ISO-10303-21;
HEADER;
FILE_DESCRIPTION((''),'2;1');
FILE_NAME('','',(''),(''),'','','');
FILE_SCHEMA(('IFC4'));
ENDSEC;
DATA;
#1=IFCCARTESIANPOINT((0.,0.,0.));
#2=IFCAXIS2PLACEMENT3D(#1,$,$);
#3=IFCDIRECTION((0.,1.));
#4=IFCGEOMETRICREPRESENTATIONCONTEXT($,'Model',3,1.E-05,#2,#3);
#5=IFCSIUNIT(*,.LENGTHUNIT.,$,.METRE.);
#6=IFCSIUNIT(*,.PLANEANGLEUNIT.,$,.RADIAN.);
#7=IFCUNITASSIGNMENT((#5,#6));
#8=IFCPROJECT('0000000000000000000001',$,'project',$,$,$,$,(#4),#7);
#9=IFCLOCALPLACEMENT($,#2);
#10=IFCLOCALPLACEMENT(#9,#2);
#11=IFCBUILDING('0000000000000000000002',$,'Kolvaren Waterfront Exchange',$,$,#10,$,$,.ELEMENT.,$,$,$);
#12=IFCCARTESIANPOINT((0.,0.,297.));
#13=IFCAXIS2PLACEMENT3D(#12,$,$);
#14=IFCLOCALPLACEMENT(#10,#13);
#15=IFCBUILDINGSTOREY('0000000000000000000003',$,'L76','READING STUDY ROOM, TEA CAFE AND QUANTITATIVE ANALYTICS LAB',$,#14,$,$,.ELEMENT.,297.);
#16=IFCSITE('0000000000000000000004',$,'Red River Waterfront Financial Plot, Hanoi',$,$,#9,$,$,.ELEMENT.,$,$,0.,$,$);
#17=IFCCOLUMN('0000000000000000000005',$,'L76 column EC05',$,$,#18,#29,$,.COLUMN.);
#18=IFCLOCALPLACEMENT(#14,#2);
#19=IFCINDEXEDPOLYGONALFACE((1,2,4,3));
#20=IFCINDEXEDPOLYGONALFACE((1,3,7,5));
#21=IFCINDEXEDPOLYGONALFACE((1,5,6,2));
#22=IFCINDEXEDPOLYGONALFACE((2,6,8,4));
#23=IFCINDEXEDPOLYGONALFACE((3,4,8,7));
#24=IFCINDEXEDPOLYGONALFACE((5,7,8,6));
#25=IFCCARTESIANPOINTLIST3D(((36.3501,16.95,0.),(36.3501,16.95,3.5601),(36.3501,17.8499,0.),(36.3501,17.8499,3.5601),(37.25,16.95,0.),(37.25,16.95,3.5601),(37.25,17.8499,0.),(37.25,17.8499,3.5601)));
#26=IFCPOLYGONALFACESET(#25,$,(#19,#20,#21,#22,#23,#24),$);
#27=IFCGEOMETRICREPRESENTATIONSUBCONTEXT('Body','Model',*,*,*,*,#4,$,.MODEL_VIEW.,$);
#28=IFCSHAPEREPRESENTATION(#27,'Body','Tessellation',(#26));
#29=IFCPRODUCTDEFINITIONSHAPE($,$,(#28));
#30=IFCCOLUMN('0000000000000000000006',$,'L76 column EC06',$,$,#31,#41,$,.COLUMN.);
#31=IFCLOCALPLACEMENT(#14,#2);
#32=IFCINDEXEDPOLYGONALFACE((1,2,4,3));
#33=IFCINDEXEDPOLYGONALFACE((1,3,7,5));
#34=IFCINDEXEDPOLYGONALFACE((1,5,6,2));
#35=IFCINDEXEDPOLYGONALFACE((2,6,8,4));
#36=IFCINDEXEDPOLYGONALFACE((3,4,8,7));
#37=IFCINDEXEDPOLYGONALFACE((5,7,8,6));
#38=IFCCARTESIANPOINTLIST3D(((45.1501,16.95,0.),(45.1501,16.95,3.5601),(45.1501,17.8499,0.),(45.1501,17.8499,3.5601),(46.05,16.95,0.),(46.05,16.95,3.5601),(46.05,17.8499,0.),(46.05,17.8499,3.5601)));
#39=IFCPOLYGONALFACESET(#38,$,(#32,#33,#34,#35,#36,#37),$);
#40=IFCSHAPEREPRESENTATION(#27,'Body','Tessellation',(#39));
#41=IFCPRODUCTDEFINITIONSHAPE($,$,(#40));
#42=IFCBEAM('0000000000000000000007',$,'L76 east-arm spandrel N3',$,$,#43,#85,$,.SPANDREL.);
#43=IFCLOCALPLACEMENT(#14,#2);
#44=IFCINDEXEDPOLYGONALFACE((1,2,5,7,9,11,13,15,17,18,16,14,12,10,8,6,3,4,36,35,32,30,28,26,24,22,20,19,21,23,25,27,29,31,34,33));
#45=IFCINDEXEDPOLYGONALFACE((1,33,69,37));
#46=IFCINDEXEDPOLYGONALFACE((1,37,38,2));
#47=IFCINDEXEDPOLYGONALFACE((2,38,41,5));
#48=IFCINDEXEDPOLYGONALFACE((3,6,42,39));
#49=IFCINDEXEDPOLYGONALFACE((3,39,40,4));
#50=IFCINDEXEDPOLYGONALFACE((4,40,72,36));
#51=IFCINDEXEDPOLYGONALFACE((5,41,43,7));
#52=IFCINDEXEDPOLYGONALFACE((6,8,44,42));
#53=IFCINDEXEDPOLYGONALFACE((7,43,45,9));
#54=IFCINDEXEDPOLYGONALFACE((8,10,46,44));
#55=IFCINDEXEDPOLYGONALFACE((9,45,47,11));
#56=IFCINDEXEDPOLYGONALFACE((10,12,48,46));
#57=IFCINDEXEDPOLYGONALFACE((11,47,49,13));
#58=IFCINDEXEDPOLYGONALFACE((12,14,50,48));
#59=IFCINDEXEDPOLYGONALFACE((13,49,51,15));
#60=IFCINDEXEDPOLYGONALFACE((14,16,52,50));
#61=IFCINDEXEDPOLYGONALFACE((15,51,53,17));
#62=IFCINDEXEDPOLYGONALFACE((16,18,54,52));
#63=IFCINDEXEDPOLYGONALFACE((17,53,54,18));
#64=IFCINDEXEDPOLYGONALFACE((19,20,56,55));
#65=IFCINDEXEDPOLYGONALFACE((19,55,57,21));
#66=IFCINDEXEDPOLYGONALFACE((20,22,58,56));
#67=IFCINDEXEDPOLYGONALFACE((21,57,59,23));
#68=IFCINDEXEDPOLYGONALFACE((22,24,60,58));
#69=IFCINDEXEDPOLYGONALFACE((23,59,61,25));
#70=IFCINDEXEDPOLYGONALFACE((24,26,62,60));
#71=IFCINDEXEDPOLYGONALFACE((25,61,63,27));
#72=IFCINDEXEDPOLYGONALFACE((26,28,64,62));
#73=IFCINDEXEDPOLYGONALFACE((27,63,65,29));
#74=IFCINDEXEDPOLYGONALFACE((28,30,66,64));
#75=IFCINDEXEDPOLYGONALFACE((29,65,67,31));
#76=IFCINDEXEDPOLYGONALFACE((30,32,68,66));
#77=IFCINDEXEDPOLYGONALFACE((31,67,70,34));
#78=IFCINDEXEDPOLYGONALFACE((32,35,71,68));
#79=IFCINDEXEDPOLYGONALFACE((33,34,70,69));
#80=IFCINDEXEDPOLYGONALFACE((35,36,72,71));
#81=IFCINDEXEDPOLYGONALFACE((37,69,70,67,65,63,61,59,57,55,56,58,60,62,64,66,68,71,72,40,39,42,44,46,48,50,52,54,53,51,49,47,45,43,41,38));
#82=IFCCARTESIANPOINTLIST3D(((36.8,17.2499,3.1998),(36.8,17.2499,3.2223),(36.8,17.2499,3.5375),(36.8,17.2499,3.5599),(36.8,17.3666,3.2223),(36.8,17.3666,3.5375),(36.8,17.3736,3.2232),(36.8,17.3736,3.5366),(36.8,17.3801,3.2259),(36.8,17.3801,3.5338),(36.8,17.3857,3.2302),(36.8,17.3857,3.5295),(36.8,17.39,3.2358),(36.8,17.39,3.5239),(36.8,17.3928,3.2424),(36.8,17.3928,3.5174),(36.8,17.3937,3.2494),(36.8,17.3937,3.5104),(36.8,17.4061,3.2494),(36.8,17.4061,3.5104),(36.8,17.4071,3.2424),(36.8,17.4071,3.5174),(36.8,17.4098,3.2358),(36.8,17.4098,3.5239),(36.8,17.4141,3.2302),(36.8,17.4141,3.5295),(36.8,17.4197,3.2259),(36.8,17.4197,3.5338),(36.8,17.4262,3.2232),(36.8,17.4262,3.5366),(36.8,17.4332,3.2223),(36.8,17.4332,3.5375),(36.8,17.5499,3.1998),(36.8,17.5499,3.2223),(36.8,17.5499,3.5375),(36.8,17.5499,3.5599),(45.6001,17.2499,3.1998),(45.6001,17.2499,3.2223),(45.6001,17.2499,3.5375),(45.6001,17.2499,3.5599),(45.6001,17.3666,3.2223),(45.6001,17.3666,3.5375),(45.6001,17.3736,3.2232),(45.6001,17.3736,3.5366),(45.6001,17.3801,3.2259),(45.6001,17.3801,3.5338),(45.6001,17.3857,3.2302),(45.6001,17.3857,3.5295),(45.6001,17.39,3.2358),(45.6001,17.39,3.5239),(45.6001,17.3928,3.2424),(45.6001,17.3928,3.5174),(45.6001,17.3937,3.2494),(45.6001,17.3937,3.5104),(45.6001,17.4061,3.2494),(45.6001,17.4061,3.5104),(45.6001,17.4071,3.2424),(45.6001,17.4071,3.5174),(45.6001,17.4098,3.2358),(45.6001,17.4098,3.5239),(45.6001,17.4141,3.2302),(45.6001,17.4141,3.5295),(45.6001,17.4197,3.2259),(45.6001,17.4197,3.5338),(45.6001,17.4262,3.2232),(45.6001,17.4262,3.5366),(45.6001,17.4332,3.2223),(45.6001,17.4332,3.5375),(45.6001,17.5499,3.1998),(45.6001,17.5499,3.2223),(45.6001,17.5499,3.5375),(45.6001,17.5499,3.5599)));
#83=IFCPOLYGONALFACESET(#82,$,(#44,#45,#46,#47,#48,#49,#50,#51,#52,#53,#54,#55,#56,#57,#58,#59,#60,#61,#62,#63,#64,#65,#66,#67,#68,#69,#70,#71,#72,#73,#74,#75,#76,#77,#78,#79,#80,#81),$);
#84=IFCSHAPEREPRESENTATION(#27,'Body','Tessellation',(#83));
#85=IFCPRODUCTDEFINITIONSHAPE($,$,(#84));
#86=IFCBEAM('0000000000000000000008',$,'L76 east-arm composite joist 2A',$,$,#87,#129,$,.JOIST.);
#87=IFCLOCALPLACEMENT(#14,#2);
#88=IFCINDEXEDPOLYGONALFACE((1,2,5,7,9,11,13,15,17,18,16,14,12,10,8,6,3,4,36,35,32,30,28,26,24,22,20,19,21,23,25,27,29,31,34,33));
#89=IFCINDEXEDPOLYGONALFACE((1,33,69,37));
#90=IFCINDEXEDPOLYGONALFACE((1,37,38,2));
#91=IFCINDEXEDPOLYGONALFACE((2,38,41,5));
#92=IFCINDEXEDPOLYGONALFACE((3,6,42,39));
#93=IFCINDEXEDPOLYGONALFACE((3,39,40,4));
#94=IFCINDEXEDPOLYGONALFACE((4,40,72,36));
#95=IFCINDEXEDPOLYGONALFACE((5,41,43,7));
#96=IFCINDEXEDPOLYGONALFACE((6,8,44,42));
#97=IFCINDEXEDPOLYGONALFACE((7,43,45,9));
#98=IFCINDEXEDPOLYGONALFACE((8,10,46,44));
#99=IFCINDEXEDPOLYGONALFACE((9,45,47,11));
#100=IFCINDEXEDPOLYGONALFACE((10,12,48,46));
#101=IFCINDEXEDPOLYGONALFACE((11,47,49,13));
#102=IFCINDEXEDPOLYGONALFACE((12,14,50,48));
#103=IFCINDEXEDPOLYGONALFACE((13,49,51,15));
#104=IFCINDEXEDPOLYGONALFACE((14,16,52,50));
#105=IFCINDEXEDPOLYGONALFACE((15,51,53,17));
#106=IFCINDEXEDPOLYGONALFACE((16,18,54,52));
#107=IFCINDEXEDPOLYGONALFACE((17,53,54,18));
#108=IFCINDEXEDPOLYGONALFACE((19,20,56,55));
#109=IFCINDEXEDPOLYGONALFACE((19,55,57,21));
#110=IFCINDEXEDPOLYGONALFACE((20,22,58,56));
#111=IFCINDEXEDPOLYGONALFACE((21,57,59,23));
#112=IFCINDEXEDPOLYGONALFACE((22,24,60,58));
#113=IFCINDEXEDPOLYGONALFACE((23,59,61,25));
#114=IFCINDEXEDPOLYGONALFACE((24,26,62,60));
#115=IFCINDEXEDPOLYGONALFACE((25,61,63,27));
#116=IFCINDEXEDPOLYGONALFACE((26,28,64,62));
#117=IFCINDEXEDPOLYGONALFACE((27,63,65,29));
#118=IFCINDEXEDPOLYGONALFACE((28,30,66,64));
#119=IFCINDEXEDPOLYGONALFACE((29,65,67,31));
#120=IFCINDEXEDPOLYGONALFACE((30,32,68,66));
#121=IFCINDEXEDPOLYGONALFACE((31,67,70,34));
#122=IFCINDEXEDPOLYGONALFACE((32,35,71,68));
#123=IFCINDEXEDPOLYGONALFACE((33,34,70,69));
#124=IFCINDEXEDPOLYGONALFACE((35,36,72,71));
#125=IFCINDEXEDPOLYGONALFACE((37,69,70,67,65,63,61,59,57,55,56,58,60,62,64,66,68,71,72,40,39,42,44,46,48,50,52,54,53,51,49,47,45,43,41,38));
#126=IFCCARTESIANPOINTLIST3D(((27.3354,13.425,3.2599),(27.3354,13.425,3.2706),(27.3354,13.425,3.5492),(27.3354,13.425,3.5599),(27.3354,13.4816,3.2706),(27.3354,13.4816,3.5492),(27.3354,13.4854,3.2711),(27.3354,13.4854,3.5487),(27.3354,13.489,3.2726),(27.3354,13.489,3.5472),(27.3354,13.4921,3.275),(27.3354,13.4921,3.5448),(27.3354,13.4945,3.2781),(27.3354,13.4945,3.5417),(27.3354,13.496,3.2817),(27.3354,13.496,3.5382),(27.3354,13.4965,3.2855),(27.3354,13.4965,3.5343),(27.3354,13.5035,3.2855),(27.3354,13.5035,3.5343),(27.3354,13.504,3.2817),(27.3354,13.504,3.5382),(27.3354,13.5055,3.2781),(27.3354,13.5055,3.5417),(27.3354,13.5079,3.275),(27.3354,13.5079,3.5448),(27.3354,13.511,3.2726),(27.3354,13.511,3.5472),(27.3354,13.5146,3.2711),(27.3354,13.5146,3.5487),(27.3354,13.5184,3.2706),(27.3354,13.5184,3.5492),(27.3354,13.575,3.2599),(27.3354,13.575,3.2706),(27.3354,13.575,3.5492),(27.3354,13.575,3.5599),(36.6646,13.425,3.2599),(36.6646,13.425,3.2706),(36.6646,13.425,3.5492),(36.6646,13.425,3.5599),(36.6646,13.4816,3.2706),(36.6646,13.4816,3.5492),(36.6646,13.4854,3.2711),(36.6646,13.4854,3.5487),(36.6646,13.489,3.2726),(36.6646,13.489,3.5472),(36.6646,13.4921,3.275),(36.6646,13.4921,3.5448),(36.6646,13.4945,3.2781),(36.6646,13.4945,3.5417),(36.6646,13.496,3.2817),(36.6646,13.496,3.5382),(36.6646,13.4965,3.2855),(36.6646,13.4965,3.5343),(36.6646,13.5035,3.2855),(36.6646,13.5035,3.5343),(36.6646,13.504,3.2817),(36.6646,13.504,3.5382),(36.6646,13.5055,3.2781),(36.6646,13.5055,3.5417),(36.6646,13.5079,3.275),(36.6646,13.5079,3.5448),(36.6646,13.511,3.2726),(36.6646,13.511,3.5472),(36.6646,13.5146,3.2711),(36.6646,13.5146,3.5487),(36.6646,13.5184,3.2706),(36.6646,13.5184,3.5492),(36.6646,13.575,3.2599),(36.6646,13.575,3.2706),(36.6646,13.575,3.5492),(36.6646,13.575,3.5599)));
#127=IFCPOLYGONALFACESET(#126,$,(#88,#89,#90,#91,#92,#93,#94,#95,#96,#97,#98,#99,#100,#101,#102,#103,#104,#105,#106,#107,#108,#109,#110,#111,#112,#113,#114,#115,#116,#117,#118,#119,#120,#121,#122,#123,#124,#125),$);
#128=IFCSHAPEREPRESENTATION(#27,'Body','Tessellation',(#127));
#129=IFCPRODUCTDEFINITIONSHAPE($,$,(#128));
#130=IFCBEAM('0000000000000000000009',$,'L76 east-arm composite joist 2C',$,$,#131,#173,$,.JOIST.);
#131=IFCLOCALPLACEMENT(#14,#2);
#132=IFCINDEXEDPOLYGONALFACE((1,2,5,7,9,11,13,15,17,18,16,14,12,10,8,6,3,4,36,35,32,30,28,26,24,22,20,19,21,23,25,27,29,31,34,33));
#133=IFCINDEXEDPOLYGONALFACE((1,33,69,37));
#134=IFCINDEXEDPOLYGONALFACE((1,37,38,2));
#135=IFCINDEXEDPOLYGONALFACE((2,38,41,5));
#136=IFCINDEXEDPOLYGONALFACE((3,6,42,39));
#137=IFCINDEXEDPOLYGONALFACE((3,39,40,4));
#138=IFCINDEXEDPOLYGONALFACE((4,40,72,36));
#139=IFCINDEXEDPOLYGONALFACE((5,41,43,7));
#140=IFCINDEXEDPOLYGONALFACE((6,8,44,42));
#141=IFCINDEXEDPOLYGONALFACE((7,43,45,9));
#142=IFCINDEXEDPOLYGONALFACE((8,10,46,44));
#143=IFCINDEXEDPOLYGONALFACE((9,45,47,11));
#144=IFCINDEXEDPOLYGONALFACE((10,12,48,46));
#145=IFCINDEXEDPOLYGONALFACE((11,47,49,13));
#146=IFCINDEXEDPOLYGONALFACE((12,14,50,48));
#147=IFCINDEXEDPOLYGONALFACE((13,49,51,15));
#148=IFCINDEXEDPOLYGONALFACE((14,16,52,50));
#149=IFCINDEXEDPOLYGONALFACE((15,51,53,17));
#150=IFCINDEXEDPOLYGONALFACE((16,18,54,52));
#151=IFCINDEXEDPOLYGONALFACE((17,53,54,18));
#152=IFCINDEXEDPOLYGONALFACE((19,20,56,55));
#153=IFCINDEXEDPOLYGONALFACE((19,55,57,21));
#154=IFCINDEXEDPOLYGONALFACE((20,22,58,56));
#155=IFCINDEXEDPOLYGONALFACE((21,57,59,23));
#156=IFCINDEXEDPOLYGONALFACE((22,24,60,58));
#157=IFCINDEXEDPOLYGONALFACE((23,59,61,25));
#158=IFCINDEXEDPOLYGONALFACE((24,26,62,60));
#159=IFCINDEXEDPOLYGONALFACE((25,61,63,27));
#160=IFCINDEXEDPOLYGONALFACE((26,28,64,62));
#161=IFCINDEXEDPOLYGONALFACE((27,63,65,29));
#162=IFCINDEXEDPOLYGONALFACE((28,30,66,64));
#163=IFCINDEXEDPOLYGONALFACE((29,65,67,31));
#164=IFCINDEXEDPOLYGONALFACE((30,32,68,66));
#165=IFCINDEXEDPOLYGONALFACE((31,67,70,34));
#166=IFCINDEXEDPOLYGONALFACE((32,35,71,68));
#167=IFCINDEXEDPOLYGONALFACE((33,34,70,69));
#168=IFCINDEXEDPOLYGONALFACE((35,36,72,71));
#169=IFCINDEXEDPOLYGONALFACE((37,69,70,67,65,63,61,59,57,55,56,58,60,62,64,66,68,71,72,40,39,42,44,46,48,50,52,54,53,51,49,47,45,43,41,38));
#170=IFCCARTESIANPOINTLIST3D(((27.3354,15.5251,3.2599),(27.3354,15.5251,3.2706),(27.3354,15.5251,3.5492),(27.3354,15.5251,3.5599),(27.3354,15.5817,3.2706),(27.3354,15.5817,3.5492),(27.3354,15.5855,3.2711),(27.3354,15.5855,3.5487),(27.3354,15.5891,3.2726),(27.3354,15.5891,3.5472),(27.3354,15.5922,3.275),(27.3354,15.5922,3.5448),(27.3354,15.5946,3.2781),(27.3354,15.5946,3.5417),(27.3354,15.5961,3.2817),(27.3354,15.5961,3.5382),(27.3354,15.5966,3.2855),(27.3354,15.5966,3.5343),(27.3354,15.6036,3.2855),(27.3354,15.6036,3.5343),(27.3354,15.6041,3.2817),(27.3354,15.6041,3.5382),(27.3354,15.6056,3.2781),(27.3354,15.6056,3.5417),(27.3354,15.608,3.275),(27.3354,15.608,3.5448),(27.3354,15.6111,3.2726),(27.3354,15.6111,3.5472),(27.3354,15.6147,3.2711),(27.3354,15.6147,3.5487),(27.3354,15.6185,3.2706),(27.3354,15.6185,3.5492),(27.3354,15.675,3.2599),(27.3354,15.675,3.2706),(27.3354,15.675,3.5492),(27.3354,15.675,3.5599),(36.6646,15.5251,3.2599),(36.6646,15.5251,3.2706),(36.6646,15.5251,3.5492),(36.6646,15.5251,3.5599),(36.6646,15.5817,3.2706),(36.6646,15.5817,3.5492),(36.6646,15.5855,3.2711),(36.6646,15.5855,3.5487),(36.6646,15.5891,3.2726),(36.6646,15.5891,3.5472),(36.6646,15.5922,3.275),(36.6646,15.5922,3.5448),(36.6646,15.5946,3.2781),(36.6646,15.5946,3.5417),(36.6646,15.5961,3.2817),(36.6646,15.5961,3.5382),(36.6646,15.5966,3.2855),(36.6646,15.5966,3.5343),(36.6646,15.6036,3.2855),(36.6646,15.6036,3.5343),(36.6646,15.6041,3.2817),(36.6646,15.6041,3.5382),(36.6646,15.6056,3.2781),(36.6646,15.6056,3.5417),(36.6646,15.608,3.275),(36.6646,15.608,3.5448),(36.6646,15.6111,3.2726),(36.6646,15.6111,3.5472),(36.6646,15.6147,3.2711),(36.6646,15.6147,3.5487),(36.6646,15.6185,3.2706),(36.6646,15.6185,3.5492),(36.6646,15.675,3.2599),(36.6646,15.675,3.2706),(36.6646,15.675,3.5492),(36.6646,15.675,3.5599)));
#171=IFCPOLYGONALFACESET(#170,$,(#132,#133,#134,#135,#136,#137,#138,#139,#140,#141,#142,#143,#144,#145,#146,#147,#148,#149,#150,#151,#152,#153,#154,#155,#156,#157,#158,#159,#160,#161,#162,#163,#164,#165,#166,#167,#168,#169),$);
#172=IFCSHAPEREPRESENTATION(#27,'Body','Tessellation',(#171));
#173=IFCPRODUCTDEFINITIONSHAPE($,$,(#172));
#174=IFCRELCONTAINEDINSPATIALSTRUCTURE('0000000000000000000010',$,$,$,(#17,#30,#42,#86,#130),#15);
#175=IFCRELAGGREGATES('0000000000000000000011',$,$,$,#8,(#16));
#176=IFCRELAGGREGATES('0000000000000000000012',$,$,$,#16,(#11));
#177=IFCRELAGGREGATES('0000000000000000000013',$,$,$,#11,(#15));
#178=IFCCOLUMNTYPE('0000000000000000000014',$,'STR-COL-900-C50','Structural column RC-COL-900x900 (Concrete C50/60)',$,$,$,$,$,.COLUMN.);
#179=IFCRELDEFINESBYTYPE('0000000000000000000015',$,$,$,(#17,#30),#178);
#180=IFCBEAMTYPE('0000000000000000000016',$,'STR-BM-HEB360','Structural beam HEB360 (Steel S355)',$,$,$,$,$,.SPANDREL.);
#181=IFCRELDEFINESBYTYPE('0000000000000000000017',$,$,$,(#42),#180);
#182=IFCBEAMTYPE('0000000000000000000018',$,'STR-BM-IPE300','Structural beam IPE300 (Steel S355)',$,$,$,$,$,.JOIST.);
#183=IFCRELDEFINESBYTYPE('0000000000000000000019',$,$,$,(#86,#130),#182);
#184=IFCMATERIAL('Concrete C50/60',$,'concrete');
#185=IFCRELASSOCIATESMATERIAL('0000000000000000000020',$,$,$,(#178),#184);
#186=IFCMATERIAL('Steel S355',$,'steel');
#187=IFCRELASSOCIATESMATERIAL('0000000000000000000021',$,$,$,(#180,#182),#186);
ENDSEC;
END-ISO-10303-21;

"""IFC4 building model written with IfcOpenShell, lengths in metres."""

from ifc_helpers import new_model, si_unit, direction, frame, origin, origin_2d, place, context, subcontext, project, spatial, rectangle, i_section, extrude, material, material_profile, profile_set, type_object, element, save


model = new_model("IFC4")

# Units and contexts
model_context = context("Model", 3, precision=1e-05, world=origin(), true_north=direction((0.0, 1.0)))
body_context = subcontext(model_context, "Body", "Model", "MODEL_VIEW")
ifc_project = project(units=[si_unit("LENGTHUNIT", "METRE"), si_unit("PLANEANGLEUNIT", "RADIAN")], contexts=[model_context])

# Site, building, storey
site_placement = place(None, origin())
site = spatial("IfcSite", under=ifc_project, at=site_placement, Name="Red River Waterfront Financial Plot, Hanoi", CompositionType="ELEMENT", RefElevation=0.0)
building_placement = place(site_placement, origin())
building = spatial("IfcBuilding", under=site, at=building_placement, Name="Kolvaren Waterfront Exchange", CompositionType="ELEMENT")
storey_placement = place(building_placement, frame((0.0, 0.0, 297.0)))
storey = spatial("IfcBuildingStorey", under=building, at=storey_placement, Name="L76", Description="READING STUDY ROOM, TEA CAFE AND QUANTITATIVE ANALYTICS LAB", CompositionType="ELEMENT", Elevation=297.0)

# Columns
ifc_material_1 = material(Name="Concrete C50/60", Category="concrete")
ifc_material_profile_1 = material_profile(ifc_material_1, rectangle(XDim=0.8999, YDim=0.8999, at=origin_2d()), Name="RC-COL-900x900")
ifc_profile_set_1 = profile_set([ifc_material_profile_1], Name="Concrete C50/60")
column_type = type_object("IfcColumnType", Name="STR-COL-900-C50", Description="Structural column RC-COL-900x900 (Concrete C50/60)", PredefinedType="COLUMN", material=ifc_profile_set_1)
for number, where, z_axis, x_axis, name in (
    (1, (36.8, 17.3999, 0.0), (0.0, 0.0, 1.0), (1.0, 0.0, 0.0), "L76 column EC05"),
    (2, (45.6001, 17.3999, 0.0), (0.0, 0.0, 1.0), (1.0, 0.0, 0.0), "L76 column EC06"),
):
    element("IfcColumn", number, at=place(storey_placement, frame(where, z_axis=z_axis, x_axis=x_axis)), inside=storey, type_object=column_type, Name=name, PredefinedType="COLUMN", context=body_context, shape_type="SweptSolid", body=[
        extrude(rectangle(XDim=0.8999, YDim=0.8999, at=origin_2d()), origin(), (0.0, 0.0, 1.0), 3.5601),
    ])

# Beams
ifc_material_2 = material(Name="Steel S355", Category="steel")
ifc_material_profile_2 = material_profile(ifc_material_2, i_section(OverallWidth=0.3, OverallDepth=0.3601, WebThickness=0.0125, FlangeThickness=0.0225, FilletRadius=0.0271, at=origin_2d()), Name="HEB360")
ifc_profile_set_2 = profile_set([ifc_material_profile_2], Name="Steel S355")
beam_type_1 = type_object("IfcBeamType", Name="STR-BM-HEB360", Description="Structural beam HEB360 (Steel S355)", PredefinedType="SPANDREL", material=ifc_profile_set_2)
beam_placement = place(storey_placement, frame((36.8, 17.3999, 3.3799), z_axis=(1.0, 0.0, 0.0), x_axis=(0.0, 1.0, 0.0)))
element("IfcBeam", 3, at=beam_placement, inside=storey, type_object=beam_type_1, Name="L76 east-arm spandrel N3", PredefinedType="SPANDREL", context=body_context, shape_type="SweptSolid", body=[
    extrude(i_section(OverallWidth=0.3, OverallDepth=0.3601, WebThickness=0.0125, FlangeThickness=0.0225, FilletRadius=0.0271, at=origin_2d()), origin(), (0.0, 0.0, 1.0), 8.8),
])
ifc_material_profile_3 = material_profile(ifc_material_2, i_section(OverallWidth=0.1499, OverallDepth=0.3, WebThickness=0.0071, FlangeThickness=0.0107, FilletRadius=0.0149, at=origin_2d()), Name="IPE300")
ifc_profile_set_3 = profile_set([ifc_material_profile_3], Name="Steel S355")
beam_type_2 = type_object("IfcBeamType", Name="STR-BM-IPE300", Description="Structural beam IPE300 (Steel S355)", PredefinedType="JOIST", material=ifc_profile_set_3)
for number, where, z_axis, x_axis, name in (
    (4, (27.3354, 13.5, 3.4099), (1.0, 0.0, 0.0), (0.0, 1.0, 0.0), "L76 east-arm composite joist 2A"),
    (5, (27.3354, 15.6001, 3.4099), (1.0, 0.0, 0.0), (0.0, 1.0, 0.0), "L76 east-arm composite joist 2C"),
):
    element("IfcBeam", number, at=place(storey_placement, frame(where, z_axis=z_axis, x_axis=x_axis)), inside=storey, type_object=beam_type_2, Name=name, PredefinedType="JOIST", context=body_context, shape_type="SweptSolid", body=[
        extrude(i_section(OverallWidth=0.1499, OverallDepth=0.3, WebThickness=0.0071, FlangeThickness=0.0107, FilletRadius=0.0149, at=origin_2d()), origin(), (0.0, 0.0, 1.0), 9.3291),
    ])

save(model, "model.ifc")
